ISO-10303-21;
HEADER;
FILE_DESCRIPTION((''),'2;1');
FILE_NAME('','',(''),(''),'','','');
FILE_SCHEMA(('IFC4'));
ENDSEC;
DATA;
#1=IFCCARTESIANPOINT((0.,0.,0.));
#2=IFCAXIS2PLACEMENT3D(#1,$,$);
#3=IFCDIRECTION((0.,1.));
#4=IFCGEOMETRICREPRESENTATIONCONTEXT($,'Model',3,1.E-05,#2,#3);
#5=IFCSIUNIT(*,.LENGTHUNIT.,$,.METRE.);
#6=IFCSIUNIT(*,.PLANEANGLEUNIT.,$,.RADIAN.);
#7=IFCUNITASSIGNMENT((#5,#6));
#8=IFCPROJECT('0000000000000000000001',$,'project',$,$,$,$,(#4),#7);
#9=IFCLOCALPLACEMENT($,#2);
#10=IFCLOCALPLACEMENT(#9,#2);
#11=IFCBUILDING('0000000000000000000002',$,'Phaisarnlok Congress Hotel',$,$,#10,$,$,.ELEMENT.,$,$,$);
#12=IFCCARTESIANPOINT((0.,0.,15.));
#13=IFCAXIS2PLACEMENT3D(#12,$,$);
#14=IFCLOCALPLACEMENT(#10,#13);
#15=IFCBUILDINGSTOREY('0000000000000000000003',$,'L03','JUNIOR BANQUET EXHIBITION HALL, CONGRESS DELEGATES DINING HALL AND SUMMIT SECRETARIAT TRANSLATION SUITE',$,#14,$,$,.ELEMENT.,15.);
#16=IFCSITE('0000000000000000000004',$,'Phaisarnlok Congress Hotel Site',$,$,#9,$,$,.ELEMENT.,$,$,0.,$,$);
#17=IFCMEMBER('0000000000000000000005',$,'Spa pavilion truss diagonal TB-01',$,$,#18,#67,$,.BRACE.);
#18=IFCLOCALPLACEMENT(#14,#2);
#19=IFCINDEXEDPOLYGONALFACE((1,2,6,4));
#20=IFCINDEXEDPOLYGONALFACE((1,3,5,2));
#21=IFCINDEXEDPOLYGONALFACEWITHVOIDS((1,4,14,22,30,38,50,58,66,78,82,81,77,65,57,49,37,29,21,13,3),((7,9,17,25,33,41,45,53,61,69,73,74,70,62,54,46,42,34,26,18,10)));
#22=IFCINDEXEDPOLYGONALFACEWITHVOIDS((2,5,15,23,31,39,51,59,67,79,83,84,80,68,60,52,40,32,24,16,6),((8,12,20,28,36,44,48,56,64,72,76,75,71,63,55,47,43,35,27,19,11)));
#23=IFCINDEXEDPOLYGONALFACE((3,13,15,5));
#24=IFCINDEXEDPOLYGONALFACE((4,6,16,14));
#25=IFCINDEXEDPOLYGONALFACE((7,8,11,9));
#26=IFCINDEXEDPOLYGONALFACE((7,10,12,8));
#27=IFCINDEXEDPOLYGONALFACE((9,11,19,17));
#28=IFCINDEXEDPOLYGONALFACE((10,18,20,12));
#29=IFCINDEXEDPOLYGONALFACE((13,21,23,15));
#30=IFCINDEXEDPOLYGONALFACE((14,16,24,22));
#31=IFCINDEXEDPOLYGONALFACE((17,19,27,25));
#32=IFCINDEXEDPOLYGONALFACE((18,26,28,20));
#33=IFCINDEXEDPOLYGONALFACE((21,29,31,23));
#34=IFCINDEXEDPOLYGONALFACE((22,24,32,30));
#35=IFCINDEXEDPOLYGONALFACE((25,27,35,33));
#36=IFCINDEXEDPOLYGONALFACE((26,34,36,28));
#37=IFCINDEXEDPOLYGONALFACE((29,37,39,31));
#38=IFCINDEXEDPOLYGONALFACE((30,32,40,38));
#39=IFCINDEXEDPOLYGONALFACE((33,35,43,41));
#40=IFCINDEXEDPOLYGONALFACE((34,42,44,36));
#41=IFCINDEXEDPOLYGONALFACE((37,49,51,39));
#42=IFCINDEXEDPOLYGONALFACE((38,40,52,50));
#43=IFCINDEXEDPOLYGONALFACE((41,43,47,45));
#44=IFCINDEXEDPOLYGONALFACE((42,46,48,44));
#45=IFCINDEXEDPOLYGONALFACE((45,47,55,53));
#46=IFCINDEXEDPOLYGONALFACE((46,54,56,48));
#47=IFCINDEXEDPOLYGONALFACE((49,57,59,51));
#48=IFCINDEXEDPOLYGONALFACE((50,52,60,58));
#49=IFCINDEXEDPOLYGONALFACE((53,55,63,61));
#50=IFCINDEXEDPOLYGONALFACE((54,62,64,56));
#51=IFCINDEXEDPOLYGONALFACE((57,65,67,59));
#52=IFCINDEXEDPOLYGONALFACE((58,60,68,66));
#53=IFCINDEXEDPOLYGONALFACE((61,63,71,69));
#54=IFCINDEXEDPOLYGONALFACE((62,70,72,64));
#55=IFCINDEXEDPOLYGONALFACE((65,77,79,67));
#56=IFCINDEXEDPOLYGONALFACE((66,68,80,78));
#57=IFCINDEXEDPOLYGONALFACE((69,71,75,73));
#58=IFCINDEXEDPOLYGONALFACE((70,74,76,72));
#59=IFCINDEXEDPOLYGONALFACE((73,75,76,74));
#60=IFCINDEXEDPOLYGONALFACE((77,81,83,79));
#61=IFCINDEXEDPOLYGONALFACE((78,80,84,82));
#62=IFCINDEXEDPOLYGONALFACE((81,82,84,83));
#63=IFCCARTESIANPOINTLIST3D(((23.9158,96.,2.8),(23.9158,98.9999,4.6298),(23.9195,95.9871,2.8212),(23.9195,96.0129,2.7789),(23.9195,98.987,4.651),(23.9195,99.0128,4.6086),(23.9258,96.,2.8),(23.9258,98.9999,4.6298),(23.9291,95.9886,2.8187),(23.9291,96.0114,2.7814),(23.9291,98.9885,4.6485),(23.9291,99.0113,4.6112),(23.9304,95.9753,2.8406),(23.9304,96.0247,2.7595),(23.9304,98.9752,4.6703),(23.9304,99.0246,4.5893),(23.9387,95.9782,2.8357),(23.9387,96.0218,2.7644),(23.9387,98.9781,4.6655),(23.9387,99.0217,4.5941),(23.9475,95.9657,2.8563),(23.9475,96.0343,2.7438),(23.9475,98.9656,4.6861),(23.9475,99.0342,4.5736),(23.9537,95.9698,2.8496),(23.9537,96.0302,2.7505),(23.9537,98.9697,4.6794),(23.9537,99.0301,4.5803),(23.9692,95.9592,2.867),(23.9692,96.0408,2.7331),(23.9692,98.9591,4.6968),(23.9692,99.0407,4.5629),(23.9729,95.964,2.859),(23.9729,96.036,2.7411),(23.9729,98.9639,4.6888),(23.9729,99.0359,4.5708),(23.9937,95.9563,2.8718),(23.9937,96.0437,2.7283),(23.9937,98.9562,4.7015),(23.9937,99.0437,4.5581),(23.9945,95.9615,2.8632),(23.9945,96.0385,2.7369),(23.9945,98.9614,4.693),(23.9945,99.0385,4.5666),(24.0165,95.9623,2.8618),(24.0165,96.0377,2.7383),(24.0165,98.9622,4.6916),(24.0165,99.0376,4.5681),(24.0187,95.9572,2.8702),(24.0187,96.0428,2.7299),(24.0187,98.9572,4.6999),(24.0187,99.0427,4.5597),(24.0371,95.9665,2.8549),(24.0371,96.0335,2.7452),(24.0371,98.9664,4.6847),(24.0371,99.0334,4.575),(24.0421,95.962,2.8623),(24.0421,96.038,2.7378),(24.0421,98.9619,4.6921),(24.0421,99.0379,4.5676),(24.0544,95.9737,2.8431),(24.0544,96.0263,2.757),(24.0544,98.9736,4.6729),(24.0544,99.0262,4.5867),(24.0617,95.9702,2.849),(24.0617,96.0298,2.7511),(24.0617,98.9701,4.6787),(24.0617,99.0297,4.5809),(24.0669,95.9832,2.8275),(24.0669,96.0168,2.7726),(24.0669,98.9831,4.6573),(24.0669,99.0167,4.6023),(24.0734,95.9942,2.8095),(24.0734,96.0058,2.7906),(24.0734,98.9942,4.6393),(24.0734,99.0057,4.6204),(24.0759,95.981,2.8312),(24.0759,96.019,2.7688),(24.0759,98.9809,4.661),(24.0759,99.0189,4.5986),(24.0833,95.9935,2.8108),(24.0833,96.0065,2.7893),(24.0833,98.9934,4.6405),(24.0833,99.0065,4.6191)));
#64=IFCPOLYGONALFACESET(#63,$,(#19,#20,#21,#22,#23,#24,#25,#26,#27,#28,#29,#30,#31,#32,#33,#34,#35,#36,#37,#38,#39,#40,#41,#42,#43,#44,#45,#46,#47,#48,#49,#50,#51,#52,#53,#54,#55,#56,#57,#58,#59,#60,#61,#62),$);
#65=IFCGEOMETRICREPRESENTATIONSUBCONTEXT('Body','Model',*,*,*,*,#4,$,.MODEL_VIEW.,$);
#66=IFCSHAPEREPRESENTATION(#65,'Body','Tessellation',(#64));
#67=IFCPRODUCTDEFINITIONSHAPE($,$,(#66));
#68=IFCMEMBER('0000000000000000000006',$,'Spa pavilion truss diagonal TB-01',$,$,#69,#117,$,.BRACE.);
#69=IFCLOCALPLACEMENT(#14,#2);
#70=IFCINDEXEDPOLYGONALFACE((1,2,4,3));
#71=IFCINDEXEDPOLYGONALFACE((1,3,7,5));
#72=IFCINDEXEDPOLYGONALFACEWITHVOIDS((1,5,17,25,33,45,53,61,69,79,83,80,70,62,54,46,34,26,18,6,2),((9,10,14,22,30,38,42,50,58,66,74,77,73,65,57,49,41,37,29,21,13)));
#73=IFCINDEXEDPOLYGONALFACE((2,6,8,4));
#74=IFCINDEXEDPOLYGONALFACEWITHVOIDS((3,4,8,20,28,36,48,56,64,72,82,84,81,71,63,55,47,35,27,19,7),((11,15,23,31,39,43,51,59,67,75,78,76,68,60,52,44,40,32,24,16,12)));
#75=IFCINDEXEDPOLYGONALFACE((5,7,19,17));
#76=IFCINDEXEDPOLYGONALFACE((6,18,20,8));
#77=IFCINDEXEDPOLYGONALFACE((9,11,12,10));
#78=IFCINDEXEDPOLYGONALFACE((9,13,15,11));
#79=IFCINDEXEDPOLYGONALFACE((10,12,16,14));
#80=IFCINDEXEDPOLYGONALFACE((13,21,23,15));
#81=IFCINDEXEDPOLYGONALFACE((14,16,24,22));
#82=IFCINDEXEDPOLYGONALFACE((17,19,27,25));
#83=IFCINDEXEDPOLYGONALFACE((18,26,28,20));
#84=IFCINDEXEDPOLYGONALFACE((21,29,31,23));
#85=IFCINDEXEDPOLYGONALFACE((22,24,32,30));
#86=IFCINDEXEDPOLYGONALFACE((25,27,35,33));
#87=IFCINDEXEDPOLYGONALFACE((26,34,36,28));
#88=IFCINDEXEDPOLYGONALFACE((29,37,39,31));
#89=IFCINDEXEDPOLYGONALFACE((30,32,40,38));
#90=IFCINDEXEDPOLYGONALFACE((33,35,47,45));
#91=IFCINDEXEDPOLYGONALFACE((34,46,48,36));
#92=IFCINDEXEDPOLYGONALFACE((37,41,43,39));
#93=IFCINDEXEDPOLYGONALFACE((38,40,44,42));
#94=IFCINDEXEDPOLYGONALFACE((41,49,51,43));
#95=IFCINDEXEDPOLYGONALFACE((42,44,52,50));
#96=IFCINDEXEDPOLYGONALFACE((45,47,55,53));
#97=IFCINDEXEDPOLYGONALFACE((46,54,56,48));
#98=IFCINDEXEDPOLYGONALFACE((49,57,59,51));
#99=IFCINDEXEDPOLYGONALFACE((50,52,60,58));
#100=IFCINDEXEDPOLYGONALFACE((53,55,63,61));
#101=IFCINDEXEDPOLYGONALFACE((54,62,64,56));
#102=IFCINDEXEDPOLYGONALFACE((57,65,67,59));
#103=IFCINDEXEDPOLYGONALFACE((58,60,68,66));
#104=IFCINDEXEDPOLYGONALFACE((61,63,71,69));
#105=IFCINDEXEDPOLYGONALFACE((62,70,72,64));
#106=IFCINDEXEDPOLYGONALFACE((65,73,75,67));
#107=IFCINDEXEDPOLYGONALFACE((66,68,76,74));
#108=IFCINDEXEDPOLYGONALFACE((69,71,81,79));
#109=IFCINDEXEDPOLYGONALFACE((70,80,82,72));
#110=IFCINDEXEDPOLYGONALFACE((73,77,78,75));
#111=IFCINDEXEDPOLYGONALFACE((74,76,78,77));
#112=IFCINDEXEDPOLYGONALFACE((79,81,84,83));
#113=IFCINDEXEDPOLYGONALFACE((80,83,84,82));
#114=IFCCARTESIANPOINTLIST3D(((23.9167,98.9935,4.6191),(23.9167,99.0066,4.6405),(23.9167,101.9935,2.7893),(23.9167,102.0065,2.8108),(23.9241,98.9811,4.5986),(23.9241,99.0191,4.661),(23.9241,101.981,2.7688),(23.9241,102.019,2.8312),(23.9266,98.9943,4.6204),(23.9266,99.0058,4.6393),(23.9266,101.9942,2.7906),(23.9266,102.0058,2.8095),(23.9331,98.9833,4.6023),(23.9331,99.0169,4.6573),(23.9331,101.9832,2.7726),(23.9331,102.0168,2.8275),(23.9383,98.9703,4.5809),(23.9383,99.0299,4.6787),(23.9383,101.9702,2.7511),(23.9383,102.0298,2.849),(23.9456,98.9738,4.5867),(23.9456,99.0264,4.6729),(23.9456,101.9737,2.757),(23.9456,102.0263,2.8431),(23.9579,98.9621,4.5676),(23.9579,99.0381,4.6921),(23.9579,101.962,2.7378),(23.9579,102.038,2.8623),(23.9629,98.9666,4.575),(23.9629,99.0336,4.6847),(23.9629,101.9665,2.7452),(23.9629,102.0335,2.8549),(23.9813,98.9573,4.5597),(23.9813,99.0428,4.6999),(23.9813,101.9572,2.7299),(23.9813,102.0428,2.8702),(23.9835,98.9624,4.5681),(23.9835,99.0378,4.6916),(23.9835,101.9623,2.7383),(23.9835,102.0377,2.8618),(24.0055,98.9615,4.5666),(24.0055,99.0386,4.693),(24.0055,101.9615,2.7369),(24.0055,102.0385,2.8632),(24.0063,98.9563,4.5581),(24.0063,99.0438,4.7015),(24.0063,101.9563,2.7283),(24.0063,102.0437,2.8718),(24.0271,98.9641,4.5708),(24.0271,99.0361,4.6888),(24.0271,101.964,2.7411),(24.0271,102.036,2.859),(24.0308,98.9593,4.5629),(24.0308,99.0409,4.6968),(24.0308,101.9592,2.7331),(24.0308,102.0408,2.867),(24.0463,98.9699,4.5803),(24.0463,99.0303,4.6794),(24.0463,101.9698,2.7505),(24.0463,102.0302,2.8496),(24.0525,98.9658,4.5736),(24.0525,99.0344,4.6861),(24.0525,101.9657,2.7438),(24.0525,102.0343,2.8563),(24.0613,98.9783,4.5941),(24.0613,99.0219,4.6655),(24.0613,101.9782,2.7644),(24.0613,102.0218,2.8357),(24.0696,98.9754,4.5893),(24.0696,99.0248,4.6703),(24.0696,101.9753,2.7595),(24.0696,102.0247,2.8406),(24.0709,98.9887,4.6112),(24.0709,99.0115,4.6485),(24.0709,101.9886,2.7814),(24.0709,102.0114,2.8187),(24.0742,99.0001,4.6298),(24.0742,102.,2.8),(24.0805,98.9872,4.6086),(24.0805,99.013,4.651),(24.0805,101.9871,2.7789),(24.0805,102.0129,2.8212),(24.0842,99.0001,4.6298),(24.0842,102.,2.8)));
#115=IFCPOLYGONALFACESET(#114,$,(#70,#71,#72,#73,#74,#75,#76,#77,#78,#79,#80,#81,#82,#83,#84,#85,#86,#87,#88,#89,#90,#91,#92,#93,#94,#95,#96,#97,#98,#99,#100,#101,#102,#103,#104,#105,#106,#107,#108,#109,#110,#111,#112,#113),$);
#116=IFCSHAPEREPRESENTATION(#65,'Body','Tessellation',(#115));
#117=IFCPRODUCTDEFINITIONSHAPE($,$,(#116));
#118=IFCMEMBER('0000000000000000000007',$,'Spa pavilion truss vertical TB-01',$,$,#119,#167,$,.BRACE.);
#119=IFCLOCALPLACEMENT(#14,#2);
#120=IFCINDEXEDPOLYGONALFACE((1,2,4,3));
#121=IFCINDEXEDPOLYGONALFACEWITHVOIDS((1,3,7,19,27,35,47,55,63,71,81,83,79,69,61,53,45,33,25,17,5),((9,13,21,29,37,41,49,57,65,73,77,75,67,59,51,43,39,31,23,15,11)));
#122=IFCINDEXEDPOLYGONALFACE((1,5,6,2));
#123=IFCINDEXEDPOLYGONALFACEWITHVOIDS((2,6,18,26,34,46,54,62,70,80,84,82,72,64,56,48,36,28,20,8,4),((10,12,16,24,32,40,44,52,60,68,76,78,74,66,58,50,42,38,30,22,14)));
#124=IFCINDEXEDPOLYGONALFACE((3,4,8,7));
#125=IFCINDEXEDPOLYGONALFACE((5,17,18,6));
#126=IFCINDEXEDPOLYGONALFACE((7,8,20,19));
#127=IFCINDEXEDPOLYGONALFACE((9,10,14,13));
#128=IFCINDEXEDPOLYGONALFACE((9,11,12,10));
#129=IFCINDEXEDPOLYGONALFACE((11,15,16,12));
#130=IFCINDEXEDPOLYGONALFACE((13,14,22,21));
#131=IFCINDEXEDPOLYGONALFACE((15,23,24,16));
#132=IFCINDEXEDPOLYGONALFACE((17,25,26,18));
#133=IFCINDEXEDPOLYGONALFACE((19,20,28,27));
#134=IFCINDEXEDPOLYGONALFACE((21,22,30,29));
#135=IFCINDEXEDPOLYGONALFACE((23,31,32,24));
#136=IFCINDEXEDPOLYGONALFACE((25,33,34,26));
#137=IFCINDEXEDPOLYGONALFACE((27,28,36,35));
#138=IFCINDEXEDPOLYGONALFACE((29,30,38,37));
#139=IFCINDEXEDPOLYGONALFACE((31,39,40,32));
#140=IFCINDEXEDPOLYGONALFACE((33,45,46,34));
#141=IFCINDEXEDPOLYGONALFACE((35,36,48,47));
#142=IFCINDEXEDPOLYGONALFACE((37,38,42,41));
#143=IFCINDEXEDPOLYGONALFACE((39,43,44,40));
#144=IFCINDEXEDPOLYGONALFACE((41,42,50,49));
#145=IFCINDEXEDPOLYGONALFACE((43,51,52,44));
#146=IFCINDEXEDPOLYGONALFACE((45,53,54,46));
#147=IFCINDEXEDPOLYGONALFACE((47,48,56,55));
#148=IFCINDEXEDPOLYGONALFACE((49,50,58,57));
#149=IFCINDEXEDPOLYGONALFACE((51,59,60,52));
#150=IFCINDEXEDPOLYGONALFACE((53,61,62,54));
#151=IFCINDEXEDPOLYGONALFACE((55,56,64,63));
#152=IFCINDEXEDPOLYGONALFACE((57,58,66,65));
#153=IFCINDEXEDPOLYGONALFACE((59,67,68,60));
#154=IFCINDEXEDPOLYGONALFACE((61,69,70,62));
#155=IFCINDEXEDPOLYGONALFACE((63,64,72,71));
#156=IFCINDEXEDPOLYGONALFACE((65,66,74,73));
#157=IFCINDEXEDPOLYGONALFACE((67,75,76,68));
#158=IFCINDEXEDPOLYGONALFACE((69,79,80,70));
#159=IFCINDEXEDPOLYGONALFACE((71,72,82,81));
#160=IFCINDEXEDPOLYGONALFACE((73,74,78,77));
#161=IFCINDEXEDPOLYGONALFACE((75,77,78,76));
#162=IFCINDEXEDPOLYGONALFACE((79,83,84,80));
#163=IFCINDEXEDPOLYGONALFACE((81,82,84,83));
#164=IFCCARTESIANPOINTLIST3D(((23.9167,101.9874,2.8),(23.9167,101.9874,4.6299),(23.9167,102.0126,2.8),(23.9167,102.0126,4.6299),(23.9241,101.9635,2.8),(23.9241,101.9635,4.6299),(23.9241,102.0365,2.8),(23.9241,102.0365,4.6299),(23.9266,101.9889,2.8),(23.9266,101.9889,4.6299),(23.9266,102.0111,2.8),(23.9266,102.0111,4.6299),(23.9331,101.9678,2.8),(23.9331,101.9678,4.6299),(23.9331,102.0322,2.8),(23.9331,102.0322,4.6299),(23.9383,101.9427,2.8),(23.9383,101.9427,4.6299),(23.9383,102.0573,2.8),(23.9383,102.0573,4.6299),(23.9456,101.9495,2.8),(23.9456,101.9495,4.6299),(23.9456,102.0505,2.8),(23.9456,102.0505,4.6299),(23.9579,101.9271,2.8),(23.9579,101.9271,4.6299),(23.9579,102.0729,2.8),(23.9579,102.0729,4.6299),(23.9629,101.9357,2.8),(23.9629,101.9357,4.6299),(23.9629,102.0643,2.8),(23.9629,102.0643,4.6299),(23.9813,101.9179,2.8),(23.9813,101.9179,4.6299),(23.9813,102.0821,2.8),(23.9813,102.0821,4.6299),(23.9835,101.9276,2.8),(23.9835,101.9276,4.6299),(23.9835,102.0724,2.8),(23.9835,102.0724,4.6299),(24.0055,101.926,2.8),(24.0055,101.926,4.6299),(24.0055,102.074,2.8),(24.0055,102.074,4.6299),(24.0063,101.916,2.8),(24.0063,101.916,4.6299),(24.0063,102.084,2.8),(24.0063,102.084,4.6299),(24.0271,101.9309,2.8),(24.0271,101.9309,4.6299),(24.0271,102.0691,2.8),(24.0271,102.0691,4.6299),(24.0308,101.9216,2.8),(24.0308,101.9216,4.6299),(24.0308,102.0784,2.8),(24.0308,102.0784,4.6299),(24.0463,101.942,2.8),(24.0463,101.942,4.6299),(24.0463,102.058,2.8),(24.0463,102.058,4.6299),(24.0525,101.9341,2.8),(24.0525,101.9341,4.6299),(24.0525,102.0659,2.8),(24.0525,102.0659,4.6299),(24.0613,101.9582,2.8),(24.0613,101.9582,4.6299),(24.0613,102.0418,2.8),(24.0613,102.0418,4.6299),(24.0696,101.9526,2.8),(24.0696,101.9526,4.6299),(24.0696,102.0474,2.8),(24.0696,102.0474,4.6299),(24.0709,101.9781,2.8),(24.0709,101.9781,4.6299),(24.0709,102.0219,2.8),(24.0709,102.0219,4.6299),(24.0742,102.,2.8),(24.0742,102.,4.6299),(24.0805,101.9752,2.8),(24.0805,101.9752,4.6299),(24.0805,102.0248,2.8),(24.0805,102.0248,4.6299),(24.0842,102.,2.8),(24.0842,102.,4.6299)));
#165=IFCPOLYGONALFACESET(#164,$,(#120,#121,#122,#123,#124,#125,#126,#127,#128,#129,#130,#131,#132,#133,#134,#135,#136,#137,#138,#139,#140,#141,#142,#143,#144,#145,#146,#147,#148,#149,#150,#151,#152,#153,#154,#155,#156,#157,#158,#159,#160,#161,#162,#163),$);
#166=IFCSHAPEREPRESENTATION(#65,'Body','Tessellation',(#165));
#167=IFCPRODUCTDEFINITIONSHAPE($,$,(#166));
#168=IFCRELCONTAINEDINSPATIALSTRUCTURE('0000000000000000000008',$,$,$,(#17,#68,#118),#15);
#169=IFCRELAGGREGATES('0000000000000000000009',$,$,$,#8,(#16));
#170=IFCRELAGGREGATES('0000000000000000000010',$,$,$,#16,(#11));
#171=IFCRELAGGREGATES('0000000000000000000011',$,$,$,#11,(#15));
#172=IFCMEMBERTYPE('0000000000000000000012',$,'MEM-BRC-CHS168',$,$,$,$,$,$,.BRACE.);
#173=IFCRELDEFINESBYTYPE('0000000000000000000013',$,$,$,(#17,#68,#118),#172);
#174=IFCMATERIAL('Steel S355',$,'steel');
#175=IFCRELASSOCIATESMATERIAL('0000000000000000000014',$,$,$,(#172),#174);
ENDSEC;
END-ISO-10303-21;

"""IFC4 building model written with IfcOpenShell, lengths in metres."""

from ifc_helpers import new_model, si_unit, direction, frame, origin, origin_2d, place, context, subcontext, project, spatial, hollow_circle, extrude, material, material_profile, profile_set, type_object, element, save


model = new_model("IFC4")

# Units and contexts
model_context = context("Model", 3, precision=1e-05, world=origin(), true_north=direction((0.0, 1.0)))
body_context = subcontext(model_context, "Body", "Model", "MODEL_VIEW")
ifc_project = project(units=[si_unit("LENGTHUNIT", "METRE"), si_unit("PLANEANGLEUNIT", "RADIAN")], contexts=[model_context])

# Site, building, storey
site_placement = place(None, origin())
site = spatial("IfcSite", under=ifc_project, at=site_placement, Name="Phaisarnlok Congress Hotel Site", CompositionType="ELEMENT", RefElevation=0.0)
building_placement = place(site_placement, origin())
building = spatial("IfcBuilding", under=site, at=building_placement, Name="Phaisarnlok Congress Hotel", CompositionType="ELEMENT")
storey_placement = place(building_placement, frame((0.0, 0.0, 15.0)))
storey = spatial("IfcBuildingStorey", under=building, at=storey_placement, Name="L03", Description="JUNIOR BANQUET EXHIBITION HALL, CONGRESS DELEGATES DINING HALL AND SUMMIT SECRETARIAT TRANSLATION SUITE", CompositionType="ELEMENT", Elevation=15.0)

# Members
ifc_material = material(Name="Steel S355", Category="steel")
ifc_material_profile_1 = material_profile(ifc_material, hollow_circle(Radius=0.0842, WallThickness=0.01, at=origin_2d()), Name="CHS 168.3x10")
ifc_profile_set_1 = profile_set([ifc_material_profile_1], Name="Steel S355")
member_type_1 = type_object("IfcMemberType", Name="MEM-BRC-CHS168", PredefinedType="BRACE", material=ifc_profile_set_1)
for number, where, z_axis, x_axis, name in (
    (1, (24.0, 96.0, 2.8), (0.0, 0.853725, 0.520725), (-1.0, 0.0, 0.0), "Spa pavilion truss diagonal TB-01"),
    (2, (24.0, 102.0, 2.8), (0.0, -0.853725, 0.520725), (1.0, 0.0, 0.0), "Spa pavilion truss diagonal TB-01"),
):
    element("IfcMember", number, at=place(storey_placement, frame(where, z_axis=z_axis, x_axis=x_axis)), inside=storey, type_object=member_type_1, Name=name, PredefinedType="BRACE", context=body_context, shape_type="SweptSolid", body=[
        extrude(hollow_circle(Radius=0.0842, WallThickness=0.01, at=origin_2d()), origin(), (0.0, 0.0, 1.0), 3.5139),
    ])
member_1_placement = place(storey_placement, frame((24.0, 102.0, 2.8), z_axis=(0.0, 0.0, 1.0), x_axis=(1.0, 0.0, 0.0)))
element("IfcMember", 3, at=member_1_placement, inside=storey, type_object=member_type_1, Name="Spa pavilion truss vertical TB-01", PredefinedType="BRACE", context=body_context, shape_type="SweptSolid", body=[
    extrude(hollow_circle(Radius=0.0842, WallThickness=0.01, at=origin_2d()), origin(), (0.0, 0.0, 1.0), 1.8298),
])

save(model, "model.ifc")
